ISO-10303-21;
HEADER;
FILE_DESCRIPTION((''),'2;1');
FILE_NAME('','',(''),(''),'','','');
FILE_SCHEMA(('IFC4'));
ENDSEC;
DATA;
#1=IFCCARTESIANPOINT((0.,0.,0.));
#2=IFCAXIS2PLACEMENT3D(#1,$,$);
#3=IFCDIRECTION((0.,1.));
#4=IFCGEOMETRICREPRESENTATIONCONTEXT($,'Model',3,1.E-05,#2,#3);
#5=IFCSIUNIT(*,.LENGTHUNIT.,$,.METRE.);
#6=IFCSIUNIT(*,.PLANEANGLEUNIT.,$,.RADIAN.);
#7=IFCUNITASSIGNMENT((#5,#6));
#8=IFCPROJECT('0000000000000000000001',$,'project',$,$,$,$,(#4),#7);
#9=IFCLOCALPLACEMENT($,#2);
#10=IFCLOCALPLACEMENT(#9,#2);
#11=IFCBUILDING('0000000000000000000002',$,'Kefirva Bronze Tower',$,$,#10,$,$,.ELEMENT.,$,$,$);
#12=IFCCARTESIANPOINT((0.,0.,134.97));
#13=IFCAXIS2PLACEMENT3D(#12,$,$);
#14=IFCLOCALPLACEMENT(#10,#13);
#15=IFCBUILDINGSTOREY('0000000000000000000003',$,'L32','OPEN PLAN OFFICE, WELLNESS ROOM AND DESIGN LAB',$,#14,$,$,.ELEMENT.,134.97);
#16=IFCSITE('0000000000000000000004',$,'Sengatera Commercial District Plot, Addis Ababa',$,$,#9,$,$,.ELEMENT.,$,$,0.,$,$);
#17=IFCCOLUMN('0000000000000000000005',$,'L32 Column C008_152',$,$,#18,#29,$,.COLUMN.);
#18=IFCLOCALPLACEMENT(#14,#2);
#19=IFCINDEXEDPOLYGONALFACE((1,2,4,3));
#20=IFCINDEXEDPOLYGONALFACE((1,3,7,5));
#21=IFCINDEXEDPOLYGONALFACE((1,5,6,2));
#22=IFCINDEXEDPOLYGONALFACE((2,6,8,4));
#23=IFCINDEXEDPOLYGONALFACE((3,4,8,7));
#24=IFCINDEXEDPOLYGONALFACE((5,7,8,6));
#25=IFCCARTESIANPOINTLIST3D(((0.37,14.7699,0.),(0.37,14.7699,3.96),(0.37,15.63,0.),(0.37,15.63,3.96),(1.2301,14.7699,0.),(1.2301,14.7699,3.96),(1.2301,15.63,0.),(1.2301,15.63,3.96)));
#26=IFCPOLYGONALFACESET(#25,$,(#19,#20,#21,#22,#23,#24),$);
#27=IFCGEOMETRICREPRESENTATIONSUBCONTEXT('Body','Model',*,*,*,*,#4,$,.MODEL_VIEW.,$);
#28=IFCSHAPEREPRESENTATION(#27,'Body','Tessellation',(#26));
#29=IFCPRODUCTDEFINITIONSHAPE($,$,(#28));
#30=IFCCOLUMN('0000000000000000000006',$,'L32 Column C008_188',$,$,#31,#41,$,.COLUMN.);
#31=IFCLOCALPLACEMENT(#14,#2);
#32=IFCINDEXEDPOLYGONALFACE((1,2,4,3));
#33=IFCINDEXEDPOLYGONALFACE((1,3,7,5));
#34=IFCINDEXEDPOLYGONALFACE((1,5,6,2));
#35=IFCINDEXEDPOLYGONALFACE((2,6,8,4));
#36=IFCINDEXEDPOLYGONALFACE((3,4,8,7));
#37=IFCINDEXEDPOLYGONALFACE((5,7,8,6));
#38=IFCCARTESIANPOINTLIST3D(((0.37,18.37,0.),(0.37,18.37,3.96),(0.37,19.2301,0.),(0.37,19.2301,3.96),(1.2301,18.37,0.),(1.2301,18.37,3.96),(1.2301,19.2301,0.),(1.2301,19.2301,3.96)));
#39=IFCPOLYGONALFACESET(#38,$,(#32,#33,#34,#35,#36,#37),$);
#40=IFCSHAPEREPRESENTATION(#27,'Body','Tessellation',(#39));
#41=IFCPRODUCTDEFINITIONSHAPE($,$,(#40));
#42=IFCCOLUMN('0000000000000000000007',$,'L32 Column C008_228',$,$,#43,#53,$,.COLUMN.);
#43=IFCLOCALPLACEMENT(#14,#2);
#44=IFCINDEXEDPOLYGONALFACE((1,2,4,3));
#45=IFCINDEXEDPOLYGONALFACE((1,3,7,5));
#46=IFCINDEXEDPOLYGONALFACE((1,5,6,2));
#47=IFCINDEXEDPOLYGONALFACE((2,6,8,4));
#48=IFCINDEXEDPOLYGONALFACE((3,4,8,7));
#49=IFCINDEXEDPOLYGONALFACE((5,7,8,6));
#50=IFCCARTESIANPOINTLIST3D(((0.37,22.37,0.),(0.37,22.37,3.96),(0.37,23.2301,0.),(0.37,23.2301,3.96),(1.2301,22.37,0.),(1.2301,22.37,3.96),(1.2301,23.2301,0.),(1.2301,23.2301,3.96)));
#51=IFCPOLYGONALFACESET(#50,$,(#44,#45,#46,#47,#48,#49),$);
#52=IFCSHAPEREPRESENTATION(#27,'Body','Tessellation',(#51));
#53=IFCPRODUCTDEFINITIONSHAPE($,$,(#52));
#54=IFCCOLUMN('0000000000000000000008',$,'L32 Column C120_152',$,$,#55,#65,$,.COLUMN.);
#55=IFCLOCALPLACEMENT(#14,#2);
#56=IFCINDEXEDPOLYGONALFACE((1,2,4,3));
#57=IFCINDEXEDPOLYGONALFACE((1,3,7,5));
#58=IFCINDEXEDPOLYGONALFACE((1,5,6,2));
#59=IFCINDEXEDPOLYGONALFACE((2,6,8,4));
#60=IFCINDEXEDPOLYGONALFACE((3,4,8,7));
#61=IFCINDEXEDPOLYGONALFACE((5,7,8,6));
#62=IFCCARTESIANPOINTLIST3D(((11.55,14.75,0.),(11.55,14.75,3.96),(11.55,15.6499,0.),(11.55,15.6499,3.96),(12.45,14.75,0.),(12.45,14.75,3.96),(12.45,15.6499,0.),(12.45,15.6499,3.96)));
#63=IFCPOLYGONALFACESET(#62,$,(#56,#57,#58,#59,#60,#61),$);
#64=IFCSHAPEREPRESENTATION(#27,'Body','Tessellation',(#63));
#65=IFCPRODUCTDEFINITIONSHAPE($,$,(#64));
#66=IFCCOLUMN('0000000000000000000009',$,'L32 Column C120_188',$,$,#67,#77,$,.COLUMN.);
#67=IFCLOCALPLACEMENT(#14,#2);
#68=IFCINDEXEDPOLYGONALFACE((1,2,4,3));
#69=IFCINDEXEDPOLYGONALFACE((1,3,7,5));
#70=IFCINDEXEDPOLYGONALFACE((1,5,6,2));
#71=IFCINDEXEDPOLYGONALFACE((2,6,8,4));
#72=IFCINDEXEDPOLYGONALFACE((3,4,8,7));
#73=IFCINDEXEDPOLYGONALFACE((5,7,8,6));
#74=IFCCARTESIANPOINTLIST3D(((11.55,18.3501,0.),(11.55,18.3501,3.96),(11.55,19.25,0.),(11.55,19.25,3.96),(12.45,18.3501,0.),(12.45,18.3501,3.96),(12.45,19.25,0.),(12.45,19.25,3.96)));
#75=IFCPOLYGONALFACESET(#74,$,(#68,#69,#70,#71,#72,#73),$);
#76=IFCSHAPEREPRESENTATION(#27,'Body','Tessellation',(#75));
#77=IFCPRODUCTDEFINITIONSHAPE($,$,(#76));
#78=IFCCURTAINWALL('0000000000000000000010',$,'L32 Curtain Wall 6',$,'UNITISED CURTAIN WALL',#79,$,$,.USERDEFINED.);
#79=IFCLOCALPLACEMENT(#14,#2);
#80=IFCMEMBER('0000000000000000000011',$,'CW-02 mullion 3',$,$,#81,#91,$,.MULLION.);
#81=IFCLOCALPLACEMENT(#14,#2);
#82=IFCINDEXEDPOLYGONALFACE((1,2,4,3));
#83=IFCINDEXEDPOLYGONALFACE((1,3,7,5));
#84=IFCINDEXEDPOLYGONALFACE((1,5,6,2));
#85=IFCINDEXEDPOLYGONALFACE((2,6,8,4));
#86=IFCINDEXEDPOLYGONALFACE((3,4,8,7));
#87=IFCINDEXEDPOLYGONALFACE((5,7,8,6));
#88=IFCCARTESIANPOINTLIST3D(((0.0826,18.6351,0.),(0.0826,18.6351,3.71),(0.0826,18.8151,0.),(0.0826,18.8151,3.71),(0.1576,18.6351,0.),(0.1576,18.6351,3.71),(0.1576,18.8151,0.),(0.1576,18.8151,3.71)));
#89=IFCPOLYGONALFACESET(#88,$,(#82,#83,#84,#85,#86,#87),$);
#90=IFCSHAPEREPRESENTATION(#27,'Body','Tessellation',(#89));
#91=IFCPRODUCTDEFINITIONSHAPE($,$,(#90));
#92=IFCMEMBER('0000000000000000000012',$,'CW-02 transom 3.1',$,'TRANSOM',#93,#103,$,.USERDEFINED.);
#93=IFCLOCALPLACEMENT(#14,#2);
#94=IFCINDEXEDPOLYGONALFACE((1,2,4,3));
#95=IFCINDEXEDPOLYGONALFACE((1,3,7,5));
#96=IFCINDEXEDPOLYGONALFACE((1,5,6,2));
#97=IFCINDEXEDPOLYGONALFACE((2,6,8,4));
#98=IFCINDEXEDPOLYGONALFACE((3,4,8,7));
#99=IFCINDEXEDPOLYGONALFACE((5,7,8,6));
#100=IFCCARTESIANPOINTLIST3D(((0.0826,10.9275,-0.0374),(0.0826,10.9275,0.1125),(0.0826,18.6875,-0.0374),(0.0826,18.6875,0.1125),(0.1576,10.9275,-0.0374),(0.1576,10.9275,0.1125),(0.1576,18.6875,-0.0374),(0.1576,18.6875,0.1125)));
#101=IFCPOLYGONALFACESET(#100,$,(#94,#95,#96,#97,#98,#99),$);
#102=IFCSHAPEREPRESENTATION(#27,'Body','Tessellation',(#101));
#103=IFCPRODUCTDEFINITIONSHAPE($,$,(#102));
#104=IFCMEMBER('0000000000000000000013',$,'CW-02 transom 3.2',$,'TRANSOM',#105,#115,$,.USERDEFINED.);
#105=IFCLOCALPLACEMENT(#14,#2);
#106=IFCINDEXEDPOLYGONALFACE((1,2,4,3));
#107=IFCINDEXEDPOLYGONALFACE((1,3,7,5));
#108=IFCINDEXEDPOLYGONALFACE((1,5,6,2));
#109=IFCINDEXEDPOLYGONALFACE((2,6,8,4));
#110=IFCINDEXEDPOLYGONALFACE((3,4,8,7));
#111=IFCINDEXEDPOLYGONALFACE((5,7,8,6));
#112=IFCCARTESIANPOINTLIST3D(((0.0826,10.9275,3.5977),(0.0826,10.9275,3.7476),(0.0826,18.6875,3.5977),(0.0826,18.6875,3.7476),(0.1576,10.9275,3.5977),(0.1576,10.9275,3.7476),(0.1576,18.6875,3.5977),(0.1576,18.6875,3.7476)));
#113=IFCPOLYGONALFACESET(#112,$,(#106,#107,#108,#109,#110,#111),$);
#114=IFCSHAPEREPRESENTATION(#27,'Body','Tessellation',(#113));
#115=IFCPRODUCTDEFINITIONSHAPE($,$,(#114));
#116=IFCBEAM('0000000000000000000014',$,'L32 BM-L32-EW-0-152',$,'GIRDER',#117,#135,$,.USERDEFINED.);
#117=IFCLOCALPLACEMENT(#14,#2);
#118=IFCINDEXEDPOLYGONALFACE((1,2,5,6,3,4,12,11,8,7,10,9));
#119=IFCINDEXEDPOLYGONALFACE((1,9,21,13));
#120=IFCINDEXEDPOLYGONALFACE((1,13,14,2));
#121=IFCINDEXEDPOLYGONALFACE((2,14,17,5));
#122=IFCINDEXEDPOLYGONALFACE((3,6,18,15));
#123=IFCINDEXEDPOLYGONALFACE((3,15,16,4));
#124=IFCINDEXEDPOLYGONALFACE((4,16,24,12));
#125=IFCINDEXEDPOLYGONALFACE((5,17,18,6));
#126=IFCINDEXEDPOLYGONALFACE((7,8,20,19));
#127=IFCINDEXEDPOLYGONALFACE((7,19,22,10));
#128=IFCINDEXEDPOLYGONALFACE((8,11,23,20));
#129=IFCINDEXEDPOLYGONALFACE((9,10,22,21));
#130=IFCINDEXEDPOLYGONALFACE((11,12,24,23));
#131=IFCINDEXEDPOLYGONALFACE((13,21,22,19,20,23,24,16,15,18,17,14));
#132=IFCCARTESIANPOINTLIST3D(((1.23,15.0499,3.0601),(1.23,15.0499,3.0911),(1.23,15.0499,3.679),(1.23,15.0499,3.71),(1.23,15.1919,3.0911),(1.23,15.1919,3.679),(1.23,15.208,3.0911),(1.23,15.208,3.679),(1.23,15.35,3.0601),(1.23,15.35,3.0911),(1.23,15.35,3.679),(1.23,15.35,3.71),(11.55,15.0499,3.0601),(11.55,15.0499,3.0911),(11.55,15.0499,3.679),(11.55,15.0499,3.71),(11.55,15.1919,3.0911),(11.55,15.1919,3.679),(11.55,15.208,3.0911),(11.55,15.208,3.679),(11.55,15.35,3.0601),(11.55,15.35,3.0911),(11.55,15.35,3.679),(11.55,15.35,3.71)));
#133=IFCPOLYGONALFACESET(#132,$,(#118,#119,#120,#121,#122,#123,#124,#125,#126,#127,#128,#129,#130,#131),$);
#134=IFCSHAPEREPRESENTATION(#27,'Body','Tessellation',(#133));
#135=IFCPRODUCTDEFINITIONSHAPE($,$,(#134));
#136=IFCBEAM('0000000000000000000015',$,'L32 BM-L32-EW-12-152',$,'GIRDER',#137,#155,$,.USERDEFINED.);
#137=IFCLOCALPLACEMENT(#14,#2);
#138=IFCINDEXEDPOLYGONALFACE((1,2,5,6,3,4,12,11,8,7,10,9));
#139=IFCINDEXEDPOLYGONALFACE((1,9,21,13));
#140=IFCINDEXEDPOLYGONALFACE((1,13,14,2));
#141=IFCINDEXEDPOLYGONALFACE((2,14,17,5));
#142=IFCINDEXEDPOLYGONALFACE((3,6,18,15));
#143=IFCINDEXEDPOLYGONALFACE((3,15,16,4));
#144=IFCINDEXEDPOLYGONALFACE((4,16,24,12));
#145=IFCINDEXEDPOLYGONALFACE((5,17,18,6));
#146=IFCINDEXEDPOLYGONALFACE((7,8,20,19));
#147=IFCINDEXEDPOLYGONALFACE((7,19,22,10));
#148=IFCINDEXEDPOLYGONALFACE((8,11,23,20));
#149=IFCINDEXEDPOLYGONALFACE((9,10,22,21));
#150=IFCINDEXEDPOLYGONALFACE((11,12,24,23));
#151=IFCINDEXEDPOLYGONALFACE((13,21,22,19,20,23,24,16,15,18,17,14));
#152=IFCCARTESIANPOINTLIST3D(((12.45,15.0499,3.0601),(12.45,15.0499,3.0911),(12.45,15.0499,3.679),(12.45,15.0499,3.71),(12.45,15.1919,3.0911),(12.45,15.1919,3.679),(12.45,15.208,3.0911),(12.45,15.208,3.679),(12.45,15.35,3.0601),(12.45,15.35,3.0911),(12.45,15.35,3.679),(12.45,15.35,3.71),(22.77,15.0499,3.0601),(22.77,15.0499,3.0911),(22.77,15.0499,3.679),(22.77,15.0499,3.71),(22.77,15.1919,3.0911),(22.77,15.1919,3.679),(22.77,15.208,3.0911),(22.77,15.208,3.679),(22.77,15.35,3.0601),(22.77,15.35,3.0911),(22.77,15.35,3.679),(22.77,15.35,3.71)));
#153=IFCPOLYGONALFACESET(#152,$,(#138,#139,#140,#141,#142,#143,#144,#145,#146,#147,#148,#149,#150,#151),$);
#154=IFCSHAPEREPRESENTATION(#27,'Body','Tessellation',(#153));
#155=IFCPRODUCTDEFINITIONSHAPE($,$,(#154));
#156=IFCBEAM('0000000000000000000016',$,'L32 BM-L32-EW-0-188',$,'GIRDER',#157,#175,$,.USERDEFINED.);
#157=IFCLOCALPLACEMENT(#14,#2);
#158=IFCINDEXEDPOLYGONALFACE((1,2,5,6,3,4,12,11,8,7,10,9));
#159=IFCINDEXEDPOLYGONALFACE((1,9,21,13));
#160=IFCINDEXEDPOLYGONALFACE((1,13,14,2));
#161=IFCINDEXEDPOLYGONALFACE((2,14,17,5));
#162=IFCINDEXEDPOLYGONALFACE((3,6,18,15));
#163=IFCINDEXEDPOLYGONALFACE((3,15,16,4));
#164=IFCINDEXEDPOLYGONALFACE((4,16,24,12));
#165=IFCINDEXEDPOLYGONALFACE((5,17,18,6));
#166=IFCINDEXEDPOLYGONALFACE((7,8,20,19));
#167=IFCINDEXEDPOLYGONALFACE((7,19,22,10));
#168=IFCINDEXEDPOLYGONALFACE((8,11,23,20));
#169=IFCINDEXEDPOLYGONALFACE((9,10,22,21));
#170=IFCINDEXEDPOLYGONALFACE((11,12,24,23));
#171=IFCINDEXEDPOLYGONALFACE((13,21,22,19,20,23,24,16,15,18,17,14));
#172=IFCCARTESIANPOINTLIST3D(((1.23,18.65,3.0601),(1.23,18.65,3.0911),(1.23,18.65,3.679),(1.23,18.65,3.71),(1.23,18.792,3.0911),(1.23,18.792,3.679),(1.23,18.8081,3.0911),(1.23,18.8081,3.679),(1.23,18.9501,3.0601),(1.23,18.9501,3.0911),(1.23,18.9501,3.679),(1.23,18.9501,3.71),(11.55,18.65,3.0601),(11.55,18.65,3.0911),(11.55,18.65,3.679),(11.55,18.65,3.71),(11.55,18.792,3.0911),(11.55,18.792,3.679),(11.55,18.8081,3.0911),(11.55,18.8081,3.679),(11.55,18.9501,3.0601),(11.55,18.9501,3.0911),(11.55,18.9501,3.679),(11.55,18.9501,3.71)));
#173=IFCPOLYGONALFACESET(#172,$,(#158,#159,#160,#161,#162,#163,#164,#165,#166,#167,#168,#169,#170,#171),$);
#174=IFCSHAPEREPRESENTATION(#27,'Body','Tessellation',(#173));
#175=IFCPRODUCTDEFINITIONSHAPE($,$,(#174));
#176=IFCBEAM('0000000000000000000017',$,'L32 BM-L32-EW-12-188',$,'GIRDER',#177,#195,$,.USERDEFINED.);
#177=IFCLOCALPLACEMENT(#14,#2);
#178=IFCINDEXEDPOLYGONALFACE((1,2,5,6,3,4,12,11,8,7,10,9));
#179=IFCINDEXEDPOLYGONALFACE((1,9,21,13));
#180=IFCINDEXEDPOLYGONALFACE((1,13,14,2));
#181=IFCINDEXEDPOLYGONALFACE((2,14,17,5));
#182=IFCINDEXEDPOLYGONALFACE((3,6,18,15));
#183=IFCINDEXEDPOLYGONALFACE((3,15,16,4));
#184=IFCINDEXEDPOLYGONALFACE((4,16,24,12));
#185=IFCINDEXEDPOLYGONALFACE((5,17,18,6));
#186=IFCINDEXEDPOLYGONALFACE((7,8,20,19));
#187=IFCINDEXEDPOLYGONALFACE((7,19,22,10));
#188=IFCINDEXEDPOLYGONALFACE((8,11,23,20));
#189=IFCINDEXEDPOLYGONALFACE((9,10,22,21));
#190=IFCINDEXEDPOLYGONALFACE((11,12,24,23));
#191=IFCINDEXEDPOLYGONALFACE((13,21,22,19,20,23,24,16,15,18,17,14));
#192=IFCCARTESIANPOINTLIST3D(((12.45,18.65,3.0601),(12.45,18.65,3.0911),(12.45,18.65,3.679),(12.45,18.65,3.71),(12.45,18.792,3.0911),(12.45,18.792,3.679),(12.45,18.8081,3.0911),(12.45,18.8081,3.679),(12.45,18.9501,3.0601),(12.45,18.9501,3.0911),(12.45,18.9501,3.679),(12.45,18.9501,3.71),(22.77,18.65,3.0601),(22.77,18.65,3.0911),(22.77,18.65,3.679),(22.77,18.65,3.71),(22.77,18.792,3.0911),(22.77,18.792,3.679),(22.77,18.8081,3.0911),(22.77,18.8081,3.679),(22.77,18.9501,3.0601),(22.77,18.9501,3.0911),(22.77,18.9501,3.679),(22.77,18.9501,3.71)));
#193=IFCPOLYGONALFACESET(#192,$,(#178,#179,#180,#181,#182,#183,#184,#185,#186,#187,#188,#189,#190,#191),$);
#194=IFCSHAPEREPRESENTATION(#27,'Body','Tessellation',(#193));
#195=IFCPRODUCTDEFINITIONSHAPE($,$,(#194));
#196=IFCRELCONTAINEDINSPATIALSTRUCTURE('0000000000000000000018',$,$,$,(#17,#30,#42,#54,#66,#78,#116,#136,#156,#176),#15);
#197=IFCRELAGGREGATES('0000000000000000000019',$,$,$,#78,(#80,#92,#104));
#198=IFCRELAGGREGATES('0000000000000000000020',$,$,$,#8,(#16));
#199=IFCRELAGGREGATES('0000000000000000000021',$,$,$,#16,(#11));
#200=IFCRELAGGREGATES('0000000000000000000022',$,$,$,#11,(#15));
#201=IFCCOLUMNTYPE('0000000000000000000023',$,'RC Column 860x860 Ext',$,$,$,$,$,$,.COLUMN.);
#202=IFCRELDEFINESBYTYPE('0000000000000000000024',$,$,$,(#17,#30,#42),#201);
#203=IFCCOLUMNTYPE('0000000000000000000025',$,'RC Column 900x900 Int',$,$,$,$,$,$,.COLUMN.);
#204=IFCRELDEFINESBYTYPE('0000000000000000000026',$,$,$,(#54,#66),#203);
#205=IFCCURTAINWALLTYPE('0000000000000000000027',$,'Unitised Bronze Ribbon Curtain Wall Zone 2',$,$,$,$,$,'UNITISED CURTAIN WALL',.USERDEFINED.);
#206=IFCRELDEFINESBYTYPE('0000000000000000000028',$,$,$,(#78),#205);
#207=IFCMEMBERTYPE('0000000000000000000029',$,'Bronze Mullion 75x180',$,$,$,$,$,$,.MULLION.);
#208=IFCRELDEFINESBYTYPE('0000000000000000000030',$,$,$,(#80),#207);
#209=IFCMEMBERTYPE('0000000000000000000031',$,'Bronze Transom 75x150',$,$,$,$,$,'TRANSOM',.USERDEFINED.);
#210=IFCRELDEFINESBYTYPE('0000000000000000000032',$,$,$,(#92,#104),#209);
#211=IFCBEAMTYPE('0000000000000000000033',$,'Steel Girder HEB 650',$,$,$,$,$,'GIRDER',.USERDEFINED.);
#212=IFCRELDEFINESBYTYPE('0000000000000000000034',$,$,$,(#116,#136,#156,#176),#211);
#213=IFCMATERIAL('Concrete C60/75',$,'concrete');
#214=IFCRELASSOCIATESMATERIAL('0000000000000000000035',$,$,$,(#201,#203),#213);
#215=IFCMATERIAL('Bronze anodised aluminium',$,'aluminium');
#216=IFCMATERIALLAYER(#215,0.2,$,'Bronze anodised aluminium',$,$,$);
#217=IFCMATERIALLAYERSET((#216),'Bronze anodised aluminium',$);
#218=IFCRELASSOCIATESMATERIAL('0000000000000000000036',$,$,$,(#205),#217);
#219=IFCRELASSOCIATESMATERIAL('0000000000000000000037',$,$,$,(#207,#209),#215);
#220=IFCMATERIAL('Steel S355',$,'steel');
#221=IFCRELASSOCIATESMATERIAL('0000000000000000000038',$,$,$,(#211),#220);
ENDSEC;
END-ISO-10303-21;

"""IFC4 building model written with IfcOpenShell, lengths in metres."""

from ifc_helpers import new_model, si_unit, direction, frame, origin, origin_2d, place, context, subcontext, project, spatial, rectangle, i_section, extrude, material, layer, layer_set, material_profile, profile_set, type_object, element, aggregate, save


model = new_model("IFC4")

# Units and contexts
model_context = context("Model", 3, precision=1e-05, world=origin(), true_north=direction((0.0, 1.0)))
body_context = subcontext(model_context, "Body", "Model", "MODEL_VIEW")
ifc_project = project(units=[si_unit("LENGTHUNIT", "METRE"), si_unit("PLANEANGLEUNIT", "RADIAN")], contexts=[model_context])

# Site, building, storey
site_placement = place(None, origin())
site = spatial("IfcSite", under=ifc_project, at=site_placement, Name="Sengatera Commercial District Plot, Addis Ababa", CompositionType="ELEMENT", RefElevation=0.0)
building_placement = place(site_placement, origin())
building = spatial("IfcBuilding", under=site, at=building_placement, Name="Kefirva Bronze Tower", CompositionType="ELEMENT")
storey_placement = place(building_placement, frame((0.0, 0.0, 134.97)))
storey = spatial("IfcBuildingStorey", under=building, at=storey_placement, Name="L32", Description="OPEN PLAN OFFICE, WELLNESS ROOM AND DESIGN LAB", CompositionType="ELEMENT", Elevation=134.97)

# Columns
ifc_material_1 = material(Name="Concrete C60/75", Category="concrete")
ifc_material_profile_1 = material_profile(ifc_material_1, rectangle(XDim=0.8601, YDim=0.8601, at=origin_2d()), Name="RC 860x860")
ifc_profile_set_1 = profile_set([ifc_material_profile_1], Name="Concrete C60/75")
column_type_1 = type_object("IfcColumnType", Name="RC Column 860x860 Ext", PredefinedType="COLUMN", material=ifc_profile_set_1)
for number, where, z_axis, x_axis, name in (
    (1, (0.8, 15.2, 0.0), (0.0, 0.0, 1.0), (1.0, 0.0, 0.0), "L32 Column C008_152"),
    (2, (0.8, 18.8, 0.0), (0.0, 0.0, 1.0), (1.0, 0.0, 0.0), "L32 Column C008_188"),
    (3, (0.8, 22.8, 0.0), (0.0, 0.0, 1.0), (1.0, 0.0, 0.0), "L32 Column C008_228"),
):
    element("IfcColumn", number, at=place(storey_placement, frame(where, z_axis=z_axis, x_axis=x_axis)), inside=storey, type_object=column_type_1, Name=name, PredefinedType="COLUMN", context=body_context, shape_type="SweptSolid", body=[
        extrude(rectangle(XDim=0.8601, YDim=0.8601, at=origin_2d()), origin(), (0.0, 0.0, 1.0), 3.96),
    ])
ifc_material_profile_2 = material_profile(ifc_material_1, rectangle(XDim=0.8999, YDim=0.8999, at=origin_2d()), Name="RC 900x900")
ifc_profile_set_2 = profile_set([ifc_material_profile_2], Name="Concrete C60/75")
column_type_2 = type_object("IfcColumnType", Name="RC Column 900x900 Int", PredefinedType="COLUMN", material=ifc_profile_set_2)
for number, where, z_axis, x_axis, name in (
    (4, (12.0, 15.2, 0.0), (0.0, 0.0, 1.0), (1.0, 0.0, 0.0), "L32 Column C120_152"),
    (5, (12.0, 18.8, 0.0), (0.0, 0.0, 1.0), (1.0, 0.0, 0.0), "L32 Column C120_188"),
):
    element("IfcColumn", number, at=place(storey_placement, frame(where, z_axis=z_axis, x_axis=x_axis)), inside=storey, type_object=column_type_2, Name=name, PredefinedType="COLUMN", context=body_context, shape_type="SweptSolid", body=[
        extrude(rectangle(XDim=0.8999, YDim=0.8999, at=origin_2d()), origin(), (0.0, 0.0, 1.0), 3.96),
    ])

# Curtain wall, members
ifc_material_2 = material(Name="Bronze anodised aluminium", Category="aluminium")
ifc_layer_1 = layer(ifc_material_2, 0.2, Name="Bronze anodised aluminium")
ifc_layer_set_1 = layer_set([ifc_layer_1], Name="Bronze anodised aluminium")
curtain_wall_type = type_object("IfcCurtainWallType", Name="Unitised Bronze Ribbon Curtain Wall Zone 2", ElementType="UNITISED CURTAIN WALL", PredefinedType="USERDEFINED", material=ifc_layer_set_1)
curtain_wall_placement = place(storey_placement, origin())
curtain_wall = element("IfcCurtainWall", 6, at=curtain_wall_placement, inside=storey, type_object=curtain_wall_type, Name="L32 Curtain Wall 6", ObjectType="UNITISED CURTAIN WALL", PredefinedType="USERDEFINED")
ifc_material_profile_3 = material_profile(ifc_material_2, rectangle(XDim=0.075, YDim=0.1799, at=origin_2d()), Name="ALU 75x180")
ifc_profile_set_3 = profile_set([ifc_material_profile_3], Name="Bronze anodised aluminium")
member_type_1 = type_object("IfcMemberType", Name="Bronze Mullion 75x180", PredefinedType="MULLION", material=ifc_profile_set_3)
member_1_placement = place(storey_placement, frame((0.1201, 18.7251, 0.0), z_axis=(0.0, 0.0, 1.0), x_axis=(1.0, 0.0, 0.0)))
member_1 = element("IfcMember", 7, at=member_1_placement, type_object=member_type_1, Name="CW-02 mullion 3", PredefinedType="MULLION", context=body_context, shape_type="SweptSolid", body=[
    extrude(rectangle(XDim=0.075, YDim=0.1799, at=origin_2d()), origin(), (0.0, 0.0, 1.0), 3.71),
])
ifc_material_profile_4 = material_profile(ifc_material_2, rectangle(XDim=0.075, YDim=0.1499, at=origin_2d()), Name="ALU 75x150")
ifc_profile_set_4 = profile_set([ifc_material_profile_4], Name="Bronze anodised aluminium")
member_type_2 = type_object("IfcMemberType", Name="Bronze Transom 75x150", ElementType="TRANSOM", PredefinedType="USERDEFINED", material=ifc_profile_set_4)
member_2_placement = place(storey_placement, frame((0.1201, 18.6875, 0.0376), z_axis=(0.0, -1.0, 0.0), x_axis=(1.0, 0.0, 0.0)))
member_2 = element("IfcMember", 8, at=member_2_placement, type_object=member_type_2, Name="CW-02 transom 3.1", ObjectType="TRANSOM", PredefinedType="USERDEFINED", context=body_context, shape_type="SweptSolid", body=[
    extrude(rectangle(XDim=0.075, YDim=0.1499, at=origin_2d()), origin(), (0.0, 0.0, 1.0), 7.76),
])
member_3_placement = place(storey_placement, frame((0.1201, 18.6875, 3.6726), z_axis=(0.0, -1.0, 0.0), x_axis=(1.0, 0.0, 0.0)))
member_3 = element("IfcMember", 9, at=member_3_placement, type_object=member_type_2, Name="CW-02 transom 3.2", ObjectType="TRANSOM", PredefinedType="USERDEFINED", context=body_context, shape_type="SweptSolid", body=[
    extrude(rectangle(XDim=0.075, YDim=0.1499, at=origin_2d()), origin(), (0.0, 0.0, 1.0), 7.76),
])

# Beams
ifc_material_3 = material(Name="Steel S355", Category="steel")
ifc_material_profile_5 = material_profile(ifc_material_3, i_section(OverallWidth=0.3, OverallDepth=0.6499, WebThickness=0.0161, FlangeThickness=0.031, at=origin_2d()), Name="HEB 650")
ifc_profile_set_5 = profile_set([ifc_material_profile_5], Name="Steel S355")
beam_type_1 = type_object("IfcBeamType", Name="Steel Girder HEB 650", ElementType="GIRDER", PredefinedType="USERDEFINED", material=ifc_profile_set_5)
for number, where, z_axis, x_axis, name in (
    (10, (1.23, 15.2, 3.385), (1.0, 0.0, 0.0), (0.0, 1.0, 0.0), "L32 BM-L32-EW-0-152"),
    (11, (12.45, 15.2, 3.385), (1.0, 0.0, 0.0), (0.0, 1.0, 0.0), "L32 BM-L32-EW-12-152"),
    (12, (1.23, 18.8, 3.385), (1.0, 0.0, 0.0), (0.0, 1.0, 0.0), "L32 BM-L32-EW-0-188"),
    (13, (12.45, 18.8, 3.385), (1.0, 0.0, 0.0), (0.0, 1.0, 0.0), "L32 BM-L32-EW-12-188"),
):
    element("IfcBeam", number, at=place(storey_placement, frame(where, z_axis=z_axis, x_axis=x_axis)), inside=storey, type_object=beam_type_1, Name=name, ObjectType="GIRDER", PredefinedType="USERDEFINED", context=body_context, shape_type="SweptSolid", body=[
        extrude(i_section(OverallWidth=0.3, OverallDepth=0.6499, WebThickness=0.0161, FlangeThickness=0.031, at=origin_2d()), origin(), (0.0, 0.0, 1.0), 10.3201),
    ])

aggregate(curtain_wall, [member_1, member_2, member_3])

save(model, "model.ifc")
